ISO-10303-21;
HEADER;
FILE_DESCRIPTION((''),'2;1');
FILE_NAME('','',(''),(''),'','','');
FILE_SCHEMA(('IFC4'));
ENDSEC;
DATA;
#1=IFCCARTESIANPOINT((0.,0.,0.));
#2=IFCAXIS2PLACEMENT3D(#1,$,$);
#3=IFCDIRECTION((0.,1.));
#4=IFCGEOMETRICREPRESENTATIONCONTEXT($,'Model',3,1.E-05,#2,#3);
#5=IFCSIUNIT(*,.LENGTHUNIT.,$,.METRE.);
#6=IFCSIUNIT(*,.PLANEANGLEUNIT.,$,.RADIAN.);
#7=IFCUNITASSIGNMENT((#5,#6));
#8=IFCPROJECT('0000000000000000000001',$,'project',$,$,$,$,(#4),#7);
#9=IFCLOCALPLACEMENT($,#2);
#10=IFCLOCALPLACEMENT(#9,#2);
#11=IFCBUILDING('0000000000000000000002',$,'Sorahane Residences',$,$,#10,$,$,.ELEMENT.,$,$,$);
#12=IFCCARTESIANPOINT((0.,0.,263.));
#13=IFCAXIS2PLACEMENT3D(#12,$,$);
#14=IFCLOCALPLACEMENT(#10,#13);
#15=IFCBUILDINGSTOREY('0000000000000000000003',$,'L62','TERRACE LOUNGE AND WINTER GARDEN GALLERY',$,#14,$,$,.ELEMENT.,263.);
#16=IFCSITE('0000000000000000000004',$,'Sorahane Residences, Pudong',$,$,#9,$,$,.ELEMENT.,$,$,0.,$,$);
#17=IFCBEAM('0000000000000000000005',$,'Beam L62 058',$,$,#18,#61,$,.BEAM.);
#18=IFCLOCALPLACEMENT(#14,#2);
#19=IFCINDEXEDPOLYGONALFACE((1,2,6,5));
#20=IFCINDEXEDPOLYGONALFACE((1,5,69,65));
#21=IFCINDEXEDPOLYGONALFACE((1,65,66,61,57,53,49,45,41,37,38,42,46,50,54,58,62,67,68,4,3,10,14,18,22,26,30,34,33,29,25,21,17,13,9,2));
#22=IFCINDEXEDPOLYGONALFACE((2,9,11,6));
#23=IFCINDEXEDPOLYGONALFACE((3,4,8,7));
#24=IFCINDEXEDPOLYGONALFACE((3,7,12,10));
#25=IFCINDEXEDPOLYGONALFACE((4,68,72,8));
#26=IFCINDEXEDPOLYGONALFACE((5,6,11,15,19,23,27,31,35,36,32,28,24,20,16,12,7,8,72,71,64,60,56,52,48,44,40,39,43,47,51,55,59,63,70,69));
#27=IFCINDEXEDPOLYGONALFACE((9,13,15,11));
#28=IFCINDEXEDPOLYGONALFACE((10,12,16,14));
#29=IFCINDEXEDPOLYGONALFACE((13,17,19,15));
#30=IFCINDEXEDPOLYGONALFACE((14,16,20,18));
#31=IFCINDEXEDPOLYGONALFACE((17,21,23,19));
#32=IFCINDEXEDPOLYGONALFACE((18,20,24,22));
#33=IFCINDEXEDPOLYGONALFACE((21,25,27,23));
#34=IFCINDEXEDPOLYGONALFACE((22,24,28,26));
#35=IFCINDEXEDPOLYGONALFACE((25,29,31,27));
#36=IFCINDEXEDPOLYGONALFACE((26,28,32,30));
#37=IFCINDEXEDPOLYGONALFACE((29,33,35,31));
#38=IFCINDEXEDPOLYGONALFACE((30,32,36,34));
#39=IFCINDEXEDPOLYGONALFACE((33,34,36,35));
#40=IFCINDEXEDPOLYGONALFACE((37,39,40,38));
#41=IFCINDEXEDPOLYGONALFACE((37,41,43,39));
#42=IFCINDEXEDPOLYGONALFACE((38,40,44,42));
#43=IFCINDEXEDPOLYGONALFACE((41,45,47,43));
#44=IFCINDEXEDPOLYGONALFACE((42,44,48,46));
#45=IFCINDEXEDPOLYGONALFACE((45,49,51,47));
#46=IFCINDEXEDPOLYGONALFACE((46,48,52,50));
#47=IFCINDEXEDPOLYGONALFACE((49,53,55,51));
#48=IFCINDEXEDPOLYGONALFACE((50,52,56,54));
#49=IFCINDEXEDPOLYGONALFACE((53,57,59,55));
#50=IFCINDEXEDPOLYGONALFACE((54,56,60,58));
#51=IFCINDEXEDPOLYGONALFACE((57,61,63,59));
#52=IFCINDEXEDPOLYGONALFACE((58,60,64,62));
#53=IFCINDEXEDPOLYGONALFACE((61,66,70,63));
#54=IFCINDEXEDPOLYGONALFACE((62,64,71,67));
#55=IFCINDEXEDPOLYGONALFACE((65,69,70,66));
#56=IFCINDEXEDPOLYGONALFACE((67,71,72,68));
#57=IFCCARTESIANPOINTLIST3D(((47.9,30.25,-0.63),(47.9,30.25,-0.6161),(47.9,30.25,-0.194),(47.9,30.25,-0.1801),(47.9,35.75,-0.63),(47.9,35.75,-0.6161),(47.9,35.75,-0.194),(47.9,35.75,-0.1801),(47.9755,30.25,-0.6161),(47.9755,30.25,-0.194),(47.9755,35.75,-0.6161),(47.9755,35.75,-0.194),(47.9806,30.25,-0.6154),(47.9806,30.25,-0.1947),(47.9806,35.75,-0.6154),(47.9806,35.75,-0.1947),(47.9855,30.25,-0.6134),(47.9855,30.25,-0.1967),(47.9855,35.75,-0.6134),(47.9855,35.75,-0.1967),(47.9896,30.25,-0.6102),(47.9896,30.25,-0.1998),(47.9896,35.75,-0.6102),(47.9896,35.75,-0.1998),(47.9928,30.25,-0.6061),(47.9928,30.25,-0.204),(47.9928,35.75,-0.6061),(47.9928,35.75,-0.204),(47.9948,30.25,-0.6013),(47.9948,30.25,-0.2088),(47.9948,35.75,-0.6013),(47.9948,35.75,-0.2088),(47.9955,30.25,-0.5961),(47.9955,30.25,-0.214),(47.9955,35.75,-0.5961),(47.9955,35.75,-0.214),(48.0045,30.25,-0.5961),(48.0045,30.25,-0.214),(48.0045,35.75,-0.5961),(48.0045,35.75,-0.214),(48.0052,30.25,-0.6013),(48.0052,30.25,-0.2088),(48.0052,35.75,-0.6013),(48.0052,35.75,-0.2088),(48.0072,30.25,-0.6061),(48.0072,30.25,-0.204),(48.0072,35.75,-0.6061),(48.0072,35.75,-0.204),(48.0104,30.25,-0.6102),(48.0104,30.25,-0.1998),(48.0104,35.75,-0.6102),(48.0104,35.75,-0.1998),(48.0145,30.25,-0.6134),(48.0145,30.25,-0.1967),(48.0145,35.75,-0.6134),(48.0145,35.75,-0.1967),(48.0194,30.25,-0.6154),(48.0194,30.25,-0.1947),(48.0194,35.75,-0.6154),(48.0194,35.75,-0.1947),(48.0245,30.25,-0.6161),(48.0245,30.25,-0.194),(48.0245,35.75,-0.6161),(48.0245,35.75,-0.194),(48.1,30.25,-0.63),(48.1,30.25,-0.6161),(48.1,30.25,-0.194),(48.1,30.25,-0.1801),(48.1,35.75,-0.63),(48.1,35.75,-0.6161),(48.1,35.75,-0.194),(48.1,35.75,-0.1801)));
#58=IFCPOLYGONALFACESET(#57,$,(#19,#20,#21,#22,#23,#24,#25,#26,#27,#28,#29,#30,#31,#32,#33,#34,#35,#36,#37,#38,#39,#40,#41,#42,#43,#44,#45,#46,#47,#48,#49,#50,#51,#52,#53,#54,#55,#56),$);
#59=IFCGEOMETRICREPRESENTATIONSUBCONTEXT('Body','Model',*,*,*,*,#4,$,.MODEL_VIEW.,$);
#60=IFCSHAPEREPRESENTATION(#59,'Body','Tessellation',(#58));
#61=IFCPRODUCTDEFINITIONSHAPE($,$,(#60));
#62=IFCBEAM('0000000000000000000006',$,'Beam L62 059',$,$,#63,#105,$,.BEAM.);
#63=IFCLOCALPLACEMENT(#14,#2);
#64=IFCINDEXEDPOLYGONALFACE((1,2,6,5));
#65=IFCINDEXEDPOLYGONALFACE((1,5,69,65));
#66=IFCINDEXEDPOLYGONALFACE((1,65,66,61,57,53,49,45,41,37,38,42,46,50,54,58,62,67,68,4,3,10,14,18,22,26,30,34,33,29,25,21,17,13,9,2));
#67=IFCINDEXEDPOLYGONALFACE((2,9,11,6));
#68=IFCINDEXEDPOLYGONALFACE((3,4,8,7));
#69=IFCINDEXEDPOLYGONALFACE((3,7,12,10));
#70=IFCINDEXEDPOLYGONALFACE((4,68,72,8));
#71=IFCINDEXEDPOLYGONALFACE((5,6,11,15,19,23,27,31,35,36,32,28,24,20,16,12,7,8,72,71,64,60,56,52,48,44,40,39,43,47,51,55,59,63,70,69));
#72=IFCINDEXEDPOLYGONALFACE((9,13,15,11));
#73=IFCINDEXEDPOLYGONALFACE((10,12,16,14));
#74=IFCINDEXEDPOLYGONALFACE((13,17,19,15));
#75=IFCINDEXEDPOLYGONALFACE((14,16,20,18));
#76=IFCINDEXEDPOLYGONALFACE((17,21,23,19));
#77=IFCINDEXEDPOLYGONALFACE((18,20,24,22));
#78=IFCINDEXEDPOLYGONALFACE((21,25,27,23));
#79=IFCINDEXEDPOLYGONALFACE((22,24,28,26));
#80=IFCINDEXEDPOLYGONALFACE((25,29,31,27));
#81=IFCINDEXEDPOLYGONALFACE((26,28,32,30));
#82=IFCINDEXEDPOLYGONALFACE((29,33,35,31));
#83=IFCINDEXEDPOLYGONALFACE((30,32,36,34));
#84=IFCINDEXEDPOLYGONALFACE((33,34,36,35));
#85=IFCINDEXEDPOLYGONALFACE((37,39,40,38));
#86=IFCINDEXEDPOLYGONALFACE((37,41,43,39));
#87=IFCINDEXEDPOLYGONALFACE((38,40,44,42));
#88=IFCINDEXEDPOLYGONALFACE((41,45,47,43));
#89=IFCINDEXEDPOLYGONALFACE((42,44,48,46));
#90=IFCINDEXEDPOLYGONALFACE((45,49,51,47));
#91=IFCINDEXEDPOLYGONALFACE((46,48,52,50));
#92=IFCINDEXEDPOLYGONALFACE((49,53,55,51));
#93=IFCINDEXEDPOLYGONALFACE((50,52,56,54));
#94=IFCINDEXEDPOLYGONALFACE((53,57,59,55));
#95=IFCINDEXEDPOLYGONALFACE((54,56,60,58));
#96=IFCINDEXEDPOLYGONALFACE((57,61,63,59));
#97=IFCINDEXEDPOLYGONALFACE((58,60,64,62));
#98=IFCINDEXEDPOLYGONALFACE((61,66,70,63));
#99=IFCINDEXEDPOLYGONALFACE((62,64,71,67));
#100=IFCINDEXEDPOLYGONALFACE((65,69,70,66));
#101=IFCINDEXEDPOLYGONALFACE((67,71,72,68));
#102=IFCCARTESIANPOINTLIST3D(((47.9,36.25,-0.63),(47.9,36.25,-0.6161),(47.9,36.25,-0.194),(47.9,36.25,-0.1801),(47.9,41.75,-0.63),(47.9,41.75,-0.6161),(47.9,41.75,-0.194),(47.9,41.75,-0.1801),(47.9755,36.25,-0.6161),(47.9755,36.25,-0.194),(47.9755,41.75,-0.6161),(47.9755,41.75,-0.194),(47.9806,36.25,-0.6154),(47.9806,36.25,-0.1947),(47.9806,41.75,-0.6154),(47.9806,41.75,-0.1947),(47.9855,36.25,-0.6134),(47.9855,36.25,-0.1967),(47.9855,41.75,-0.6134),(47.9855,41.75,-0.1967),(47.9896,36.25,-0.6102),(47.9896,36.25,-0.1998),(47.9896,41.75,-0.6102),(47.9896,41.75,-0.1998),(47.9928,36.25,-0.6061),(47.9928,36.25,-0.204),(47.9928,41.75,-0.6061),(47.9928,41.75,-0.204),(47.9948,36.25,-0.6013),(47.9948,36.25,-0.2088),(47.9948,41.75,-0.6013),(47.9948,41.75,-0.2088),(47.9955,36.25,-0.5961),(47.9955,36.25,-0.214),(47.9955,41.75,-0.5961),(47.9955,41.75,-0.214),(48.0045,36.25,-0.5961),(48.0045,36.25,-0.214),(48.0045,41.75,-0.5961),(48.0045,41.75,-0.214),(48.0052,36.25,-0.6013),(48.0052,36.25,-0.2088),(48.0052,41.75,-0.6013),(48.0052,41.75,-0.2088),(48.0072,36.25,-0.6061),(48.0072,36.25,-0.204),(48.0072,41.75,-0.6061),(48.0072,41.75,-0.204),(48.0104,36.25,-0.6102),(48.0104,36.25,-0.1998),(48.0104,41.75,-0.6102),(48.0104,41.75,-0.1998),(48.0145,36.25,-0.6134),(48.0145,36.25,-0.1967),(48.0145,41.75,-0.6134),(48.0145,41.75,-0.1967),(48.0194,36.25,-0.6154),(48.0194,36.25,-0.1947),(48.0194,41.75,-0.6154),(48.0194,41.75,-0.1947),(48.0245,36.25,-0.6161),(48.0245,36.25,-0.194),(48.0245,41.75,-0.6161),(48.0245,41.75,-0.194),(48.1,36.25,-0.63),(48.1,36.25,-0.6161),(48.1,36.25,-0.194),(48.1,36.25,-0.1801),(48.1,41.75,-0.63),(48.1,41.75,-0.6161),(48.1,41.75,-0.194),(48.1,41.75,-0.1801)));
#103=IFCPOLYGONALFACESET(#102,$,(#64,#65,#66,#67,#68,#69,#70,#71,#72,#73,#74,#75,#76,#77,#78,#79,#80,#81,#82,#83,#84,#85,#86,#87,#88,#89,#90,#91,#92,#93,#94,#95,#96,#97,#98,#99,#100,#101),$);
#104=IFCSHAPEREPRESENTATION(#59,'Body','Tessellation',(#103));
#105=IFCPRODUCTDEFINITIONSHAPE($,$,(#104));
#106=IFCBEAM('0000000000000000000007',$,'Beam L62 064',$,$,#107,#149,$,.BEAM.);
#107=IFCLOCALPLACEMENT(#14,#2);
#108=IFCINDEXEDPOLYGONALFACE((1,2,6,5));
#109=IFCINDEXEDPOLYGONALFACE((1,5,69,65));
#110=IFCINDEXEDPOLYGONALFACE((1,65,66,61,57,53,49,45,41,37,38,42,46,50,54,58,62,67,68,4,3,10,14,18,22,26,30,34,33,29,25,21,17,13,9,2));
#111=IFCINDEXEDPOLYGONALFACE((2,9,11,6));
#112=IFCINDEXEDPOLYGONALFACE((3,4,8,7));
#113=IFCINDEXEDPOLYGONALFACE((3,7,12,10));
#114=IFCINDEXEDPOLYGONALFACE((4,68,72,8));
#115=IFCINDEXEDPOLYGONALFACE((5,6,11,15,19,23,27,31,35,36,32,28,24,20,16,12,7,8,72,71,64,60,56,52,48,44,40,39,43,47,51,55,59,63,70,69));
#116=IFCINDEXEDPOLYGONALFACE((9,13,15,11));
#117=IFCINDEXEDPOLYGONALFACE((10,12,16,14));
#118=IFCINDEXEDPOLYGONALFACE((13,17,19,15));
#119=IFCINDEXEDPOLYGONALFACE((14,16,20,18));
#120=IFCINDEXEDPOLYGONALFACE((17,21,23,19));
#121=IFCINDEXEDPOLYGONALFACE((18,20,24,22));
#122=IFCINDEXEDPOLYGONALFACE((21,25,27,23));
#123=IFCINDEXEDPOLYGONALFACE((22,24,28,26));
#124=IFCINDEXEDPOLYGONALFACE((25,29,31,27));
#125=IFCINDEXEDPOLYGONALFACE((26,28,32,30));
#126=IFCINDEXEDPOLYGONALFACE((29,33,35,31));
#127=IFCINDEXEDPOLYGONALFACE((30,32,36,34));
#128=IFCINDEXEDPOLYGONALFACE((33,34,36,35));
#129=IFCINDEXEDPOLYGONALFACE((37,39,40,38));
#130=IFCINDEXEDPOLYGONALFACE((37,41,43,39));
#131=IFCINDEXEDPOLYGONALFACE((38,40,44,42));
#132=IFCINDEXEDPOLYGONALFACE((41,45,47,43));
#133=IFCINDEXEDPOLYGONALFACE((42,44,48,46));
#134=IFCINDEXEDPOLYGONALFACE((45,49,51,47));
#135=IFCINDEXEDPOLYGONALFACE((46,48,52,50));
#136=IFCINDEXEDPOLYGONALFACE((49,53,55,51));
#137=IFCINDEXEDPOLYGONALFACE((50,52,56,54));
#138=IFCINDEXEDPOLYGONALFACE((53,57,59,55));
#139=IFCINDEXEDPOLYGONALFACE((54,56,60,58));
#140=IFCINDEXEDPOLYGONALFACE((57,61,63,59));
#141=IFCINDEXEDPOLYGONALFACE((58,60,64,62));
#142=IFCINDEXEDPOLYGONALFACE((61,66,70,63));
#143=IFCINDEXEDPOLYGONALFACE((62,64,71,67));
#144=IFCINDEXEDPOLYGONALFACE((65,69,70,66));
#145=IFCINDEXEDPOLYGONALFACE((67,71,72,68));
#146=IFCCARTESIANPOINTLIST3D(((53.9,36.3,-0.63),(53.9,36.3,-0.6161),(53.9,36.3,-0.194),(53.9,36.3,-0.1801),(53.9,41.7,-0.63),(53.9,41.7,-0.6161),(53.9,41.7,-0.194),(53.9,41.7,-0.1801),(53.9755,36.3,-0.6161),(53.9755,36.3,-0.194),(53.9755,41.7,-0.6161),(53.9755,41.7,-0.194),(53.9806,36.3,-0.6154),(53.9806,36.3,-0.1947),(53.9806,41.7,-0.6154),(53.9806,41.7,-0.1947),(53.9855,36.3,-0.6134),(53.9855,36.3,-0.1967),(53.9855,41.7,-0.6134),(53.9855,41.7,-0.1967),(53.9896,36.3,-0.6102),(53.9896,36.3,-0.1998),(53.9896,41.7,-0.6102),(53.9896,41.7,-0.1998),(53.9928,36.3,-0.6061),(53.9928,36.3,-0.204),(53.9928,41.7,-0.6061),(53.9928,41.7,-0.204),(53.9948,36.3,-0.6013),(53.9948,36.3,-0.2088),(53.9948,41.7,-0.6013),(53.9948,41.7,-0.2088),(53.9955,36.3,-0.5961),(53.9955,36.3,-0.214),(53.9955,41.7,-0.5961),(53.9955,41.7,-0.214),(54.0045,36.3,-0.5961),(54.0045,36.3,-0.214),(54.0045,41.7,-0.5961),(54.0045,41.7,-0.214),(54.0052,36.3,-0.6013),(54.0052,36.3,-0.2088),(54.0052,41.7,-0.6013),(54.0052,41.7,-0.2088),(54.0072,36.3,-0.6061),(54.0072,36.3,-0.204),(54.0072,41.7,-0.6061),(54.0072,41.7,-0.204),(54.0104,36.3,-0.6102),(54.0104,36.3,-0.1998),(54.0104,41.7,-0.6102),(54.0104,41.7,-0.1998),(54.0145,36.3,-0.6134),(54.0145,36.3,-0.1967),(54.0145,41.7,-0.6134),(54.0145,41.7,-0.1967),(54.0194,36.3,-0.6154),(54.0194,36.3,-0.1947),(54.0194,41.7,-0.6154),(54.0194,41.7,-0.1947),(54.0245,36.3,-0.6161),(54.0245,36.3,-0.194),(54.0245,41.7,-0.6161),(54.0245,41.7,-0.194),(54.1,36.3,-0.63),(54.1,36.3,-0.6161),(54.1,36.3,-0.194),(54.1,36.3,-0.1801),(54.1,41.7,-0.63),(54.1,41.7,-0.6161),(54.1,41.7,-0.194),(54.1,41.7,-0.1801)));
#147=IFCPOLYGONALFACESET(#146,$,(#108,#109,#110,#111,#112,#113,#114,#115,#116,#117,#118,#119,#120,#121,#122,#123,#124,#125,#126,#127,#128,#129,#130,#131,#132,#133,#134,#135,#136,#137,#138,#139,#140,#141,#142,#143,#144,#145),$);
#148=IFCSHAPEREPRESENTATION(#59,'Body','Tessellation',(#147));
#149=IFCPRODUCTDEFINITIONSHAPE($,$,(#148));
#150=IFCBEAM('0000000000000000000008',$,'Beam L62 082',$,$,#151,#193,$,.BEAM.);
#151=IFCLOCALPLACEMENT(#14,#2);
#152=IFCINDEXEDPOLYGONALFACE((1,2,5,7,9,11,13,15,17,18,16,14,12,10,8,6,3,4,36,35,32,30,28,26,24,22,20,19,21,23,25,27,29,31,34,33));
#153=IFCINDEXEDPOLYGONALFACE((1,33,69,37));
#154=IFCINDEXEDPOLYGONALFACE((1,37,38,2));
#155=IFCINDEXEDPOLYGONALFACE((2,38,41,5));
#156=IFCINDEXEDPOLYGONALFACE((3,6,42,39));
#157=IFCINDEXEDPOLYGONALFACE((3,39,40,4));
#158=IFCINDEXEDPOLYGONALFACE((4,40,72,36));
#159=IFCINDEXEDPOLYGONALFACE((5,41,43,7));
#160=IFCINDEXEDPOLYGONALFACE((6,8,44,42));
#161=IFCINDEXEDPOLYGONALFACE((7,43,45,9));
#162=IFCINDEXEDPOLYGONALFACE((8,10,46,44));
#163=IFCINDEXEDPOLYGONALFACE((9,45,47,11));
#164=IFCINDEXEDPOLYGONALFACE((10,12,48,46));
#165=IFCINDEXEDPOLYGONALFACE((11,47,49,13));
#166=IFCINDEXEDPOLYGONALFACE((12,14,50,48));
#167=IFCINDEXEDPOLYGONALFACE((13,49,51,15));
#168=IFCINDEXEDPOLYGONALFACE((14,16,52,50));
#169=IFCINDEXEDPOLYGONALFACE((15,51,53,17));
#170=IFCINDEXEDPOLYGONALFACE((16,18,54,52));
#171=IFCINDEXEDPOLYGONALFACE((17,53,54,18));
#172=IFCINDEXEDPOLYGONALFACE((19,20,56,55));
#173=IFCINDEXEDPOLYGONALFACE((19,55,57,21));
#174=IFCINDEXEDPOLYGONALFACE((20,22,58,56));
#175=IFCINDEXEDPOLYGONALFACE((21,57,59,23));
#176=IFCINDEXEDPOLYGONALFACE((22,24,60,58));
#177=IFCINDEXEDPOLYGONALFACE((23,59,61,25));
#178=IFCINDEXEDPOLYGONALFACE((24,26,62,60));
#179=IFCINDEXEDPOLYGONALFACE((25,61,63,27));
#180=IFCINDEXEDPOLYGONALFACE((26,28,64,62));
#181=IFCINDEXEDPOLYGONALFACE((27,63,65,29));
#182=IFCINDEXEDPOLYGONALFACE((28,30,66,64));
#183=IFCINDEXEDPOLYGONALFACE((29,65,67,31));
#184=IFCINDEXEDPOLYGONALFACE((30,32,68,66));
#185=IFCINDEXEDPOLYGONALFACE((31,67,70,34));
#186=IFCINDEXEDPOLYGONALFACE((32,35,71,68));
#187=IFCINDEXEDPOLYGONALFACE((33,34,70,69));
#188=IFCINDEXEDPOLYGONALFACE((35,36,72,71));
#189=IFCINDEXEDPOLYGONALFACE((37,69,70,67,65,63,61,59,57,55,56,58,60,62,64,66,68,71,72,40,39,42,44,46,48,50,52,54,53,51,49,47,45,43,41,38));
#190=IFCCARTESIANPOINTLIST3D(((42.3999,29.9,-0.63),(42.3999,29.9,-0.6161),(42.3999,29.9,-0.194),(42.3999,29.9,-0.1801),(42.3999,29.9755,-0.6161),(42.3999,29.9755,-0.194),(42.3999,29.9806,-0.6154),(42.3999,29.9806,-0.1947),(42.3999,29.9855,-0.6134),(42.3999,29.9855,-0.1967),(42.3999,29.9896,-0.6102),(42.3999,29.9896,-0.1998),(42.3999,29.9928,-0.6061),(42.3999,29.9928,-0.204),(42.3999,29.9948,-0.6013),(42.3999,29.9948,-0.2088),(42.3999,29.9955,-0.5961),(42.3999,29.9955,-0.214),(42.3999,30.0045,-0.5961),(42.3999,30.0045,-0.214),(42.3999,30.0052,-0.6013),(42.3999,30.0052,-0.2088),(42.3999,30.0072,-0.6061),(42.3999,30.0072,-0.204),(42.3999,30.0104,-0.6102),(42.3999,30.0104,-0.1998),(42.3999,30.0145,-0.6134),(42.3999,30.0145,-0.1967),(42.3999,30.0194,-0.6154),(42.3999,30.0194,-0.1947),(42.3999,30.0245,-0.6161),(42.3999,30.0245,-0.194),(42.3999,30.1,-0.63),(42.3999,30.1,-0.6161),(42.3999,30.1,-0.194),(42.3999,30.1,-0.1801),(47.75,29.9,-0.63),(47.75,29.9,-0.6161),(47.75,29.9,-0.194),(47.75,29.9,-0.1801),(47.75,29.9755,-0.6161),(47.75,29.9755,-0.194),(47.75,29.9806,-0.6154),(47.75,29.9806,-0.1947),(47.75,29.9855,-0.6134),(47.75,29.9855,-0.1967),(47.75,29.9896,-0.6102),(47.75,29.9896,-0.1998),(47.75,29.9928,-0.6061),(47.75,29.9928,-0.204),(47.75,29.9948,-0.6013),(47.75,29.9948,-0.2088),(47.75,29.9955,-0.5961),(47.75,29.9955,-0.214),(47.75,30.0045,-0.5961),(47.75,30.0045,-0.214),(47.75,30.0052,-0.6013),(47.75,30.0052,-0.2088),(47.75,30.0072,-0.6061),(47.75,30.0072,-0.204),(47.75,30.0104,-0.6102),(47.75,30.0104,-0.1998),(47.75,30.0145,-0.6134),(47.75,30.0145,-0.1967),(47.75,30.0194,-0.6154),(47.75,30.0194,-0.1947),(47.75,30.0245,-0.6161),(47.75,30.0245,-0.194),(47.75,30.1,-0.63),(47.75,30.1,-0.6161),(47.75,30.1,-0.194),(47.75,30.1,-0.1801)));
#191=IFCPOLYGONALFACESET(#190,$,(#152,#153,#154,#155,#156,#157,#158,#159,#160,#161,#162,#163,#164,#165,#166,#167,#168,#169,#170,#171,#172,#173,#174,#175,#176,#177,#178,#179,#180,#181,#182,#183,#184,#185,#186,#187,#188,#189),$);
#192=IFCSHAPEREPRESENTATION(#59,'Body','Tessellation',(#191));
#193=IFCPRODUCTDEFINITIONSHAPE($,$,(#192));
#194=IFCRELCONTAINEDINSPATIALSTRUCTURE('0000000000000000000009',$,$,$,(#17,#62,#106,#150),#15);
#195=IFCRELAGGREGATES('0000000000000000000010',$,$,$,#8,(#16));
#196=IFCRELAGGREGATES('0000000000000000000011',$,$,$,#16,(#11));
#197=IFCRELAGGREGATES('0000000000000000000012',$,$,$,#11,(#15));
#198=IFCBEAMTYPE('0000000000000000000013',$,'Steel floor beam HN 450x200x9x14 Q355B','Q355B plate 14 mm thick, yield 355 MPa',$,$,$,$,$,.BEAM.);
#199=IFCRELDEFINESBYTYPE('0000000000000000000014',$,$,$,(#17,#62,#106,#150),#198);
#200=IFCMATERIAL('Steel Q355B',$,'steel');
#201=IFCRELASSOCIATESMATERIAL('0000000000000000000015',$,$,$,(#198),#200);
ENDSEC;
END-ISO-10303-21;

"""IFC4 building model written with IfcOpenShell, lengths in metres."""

from ifc_helpers import new_model, si_unit, direction, frame, origin, origin_2d, place, context, subcontext, project, spatial, i_section, extrude, material, material_profile, profile_set, type_object, element, save


model = new_model("IFC4")

# Units and contexts
model_context = context("Model", 3, precision=1e-05, world=origin(), true_north=direction((0.0, 1.0)))
body_context = subcontext(model_context, "Body", "Model", "MODEL_VIEW")
ifc_project = project(units=[si_unit("LENGTHUNIT", "METRE"), si_unit("PLANEANGLEUNIT", "RADIAN")], contexts=[model_context])

# Site, building, storey
site_placement = place(None, origin())
site = spatial("IfcSite", under=ifc_project, at=site_placement, Name="Sorahane Residences, Pudong", CompositionType="ELEMENT", RefElevation=0.0)
building_placement = place(site_placement, origin())
building = spatial("IfcBuilding", under=site, at=building_placement, Name="Sorahane Residences", CompositionType="ELEMENT")
storey_placement = place(building_placement, frame((0.0, 0.0, 263.0)))
storey = spatial("IfcBuildingStorey", under=building, at=storey_placement, Name="L62", Description="TERRACE LOUNGE AND WINTER GARDEN GALLERY", CompositionType="ELEMENT", Elevation=263.0)

# Beams
ifc_material_1 = material(Name="Steel Q355B", Category="steel")
ifc_material_profile_1 = material_profile(ifc_material_1, i_section(OverallWidth=0.2, OverallDepth=0.45, WebThickness=0.009, FlangeThickness=0.0139, FilletRadius=0.02, at=origin_2d()), Name="HN 450x200x9x14")
ifc_profile_set_1 = profile_set([ifc_material_profile_1], Name="Steel Q355B")
beam_type_1 = type_object("IfcBeamType", Name="Steel floor beam HN 450x200x9x14 Q355B", Description="Q355B plate 14 mm thick, yield 355 MPa", PredefinedType="BEAM", material=ifc_profile_set_1)
for number, where, z_axis, x_axis, name in (
    (1, (48.0, 30.25, -0.405), (0.0, 1.0, 0.0), (-1.0, 0.0, 0.0), "Beam L62 058"),
    (2, (48.0, 36.25, -0.405), (0.0, 1.0, 0.0), (-1.0, 0.0, 0.0), "Beam L62 059"),
):
    element("IfcBeam", number, at=place(storey_placement, frame(where, z_axis=z_axis, x_axis=x_axis)), inside=storey, type_object=beam_type_1, Name=name, PredefinedType="BEAM", context=body_context, shape_type="SweptSolid", body=[
        extrude(i_section(OverallWidth=0.2, OverallDepth=0.45, WebThickness=0.009, FlangeThickness=0.0139, FilletRadius=0.02, at=origin_2d()), origin(), (0.0, 0.0, 1.0), 5.5),
    ])
beam_1_placement = place(storey_placement, frame((54.0, 36.3, -0.405), z_axis=(0.0, 1.0, 0.0), x_axis=(-1.0, 0.0, 0.0)))
element("IfcBeam", 3, at=beam_1_placement, inside=storey, type_object=beam_type_1, Name="Beam L62 064", PredefinedType="BEAM", context=body_context, shape_type="SweptSolid", body=[
    extrude(i_section(OverallWidth=0.2, OverallDepth=0.45, WebThickness=0.009, FlangeThickness=0.0139, FilletRadius=0.02, at=origin_2d()), origin(), (0.0, 0.0, 1.0), 5.3999),
])
beam_2_placement = place(storey_placement, frame((42.3999, 30.0, -0.405), z_axis=(1.0, 0.0, 0.0), x_axis=(0.0, 1.0, 0.0)))
element("IfcBeam", 4, at=beam_2_placement, inside=storey, type_object=beam_type_1, Name="Beam L62 082", PredefinedType="BEAM", context=body_context, shape_type="SweptSolid", body=[
    extrude(i_section(OverallWidth=0.2, OverallDepth=0.45, WebThickness=0.009, FlangeThickness=0.0139, FilletRadius=0.02, at=origin_2d()), origin(), (0.0, 0.0, 1.0), 5.3501),
])

save(model, "model.ifc")
